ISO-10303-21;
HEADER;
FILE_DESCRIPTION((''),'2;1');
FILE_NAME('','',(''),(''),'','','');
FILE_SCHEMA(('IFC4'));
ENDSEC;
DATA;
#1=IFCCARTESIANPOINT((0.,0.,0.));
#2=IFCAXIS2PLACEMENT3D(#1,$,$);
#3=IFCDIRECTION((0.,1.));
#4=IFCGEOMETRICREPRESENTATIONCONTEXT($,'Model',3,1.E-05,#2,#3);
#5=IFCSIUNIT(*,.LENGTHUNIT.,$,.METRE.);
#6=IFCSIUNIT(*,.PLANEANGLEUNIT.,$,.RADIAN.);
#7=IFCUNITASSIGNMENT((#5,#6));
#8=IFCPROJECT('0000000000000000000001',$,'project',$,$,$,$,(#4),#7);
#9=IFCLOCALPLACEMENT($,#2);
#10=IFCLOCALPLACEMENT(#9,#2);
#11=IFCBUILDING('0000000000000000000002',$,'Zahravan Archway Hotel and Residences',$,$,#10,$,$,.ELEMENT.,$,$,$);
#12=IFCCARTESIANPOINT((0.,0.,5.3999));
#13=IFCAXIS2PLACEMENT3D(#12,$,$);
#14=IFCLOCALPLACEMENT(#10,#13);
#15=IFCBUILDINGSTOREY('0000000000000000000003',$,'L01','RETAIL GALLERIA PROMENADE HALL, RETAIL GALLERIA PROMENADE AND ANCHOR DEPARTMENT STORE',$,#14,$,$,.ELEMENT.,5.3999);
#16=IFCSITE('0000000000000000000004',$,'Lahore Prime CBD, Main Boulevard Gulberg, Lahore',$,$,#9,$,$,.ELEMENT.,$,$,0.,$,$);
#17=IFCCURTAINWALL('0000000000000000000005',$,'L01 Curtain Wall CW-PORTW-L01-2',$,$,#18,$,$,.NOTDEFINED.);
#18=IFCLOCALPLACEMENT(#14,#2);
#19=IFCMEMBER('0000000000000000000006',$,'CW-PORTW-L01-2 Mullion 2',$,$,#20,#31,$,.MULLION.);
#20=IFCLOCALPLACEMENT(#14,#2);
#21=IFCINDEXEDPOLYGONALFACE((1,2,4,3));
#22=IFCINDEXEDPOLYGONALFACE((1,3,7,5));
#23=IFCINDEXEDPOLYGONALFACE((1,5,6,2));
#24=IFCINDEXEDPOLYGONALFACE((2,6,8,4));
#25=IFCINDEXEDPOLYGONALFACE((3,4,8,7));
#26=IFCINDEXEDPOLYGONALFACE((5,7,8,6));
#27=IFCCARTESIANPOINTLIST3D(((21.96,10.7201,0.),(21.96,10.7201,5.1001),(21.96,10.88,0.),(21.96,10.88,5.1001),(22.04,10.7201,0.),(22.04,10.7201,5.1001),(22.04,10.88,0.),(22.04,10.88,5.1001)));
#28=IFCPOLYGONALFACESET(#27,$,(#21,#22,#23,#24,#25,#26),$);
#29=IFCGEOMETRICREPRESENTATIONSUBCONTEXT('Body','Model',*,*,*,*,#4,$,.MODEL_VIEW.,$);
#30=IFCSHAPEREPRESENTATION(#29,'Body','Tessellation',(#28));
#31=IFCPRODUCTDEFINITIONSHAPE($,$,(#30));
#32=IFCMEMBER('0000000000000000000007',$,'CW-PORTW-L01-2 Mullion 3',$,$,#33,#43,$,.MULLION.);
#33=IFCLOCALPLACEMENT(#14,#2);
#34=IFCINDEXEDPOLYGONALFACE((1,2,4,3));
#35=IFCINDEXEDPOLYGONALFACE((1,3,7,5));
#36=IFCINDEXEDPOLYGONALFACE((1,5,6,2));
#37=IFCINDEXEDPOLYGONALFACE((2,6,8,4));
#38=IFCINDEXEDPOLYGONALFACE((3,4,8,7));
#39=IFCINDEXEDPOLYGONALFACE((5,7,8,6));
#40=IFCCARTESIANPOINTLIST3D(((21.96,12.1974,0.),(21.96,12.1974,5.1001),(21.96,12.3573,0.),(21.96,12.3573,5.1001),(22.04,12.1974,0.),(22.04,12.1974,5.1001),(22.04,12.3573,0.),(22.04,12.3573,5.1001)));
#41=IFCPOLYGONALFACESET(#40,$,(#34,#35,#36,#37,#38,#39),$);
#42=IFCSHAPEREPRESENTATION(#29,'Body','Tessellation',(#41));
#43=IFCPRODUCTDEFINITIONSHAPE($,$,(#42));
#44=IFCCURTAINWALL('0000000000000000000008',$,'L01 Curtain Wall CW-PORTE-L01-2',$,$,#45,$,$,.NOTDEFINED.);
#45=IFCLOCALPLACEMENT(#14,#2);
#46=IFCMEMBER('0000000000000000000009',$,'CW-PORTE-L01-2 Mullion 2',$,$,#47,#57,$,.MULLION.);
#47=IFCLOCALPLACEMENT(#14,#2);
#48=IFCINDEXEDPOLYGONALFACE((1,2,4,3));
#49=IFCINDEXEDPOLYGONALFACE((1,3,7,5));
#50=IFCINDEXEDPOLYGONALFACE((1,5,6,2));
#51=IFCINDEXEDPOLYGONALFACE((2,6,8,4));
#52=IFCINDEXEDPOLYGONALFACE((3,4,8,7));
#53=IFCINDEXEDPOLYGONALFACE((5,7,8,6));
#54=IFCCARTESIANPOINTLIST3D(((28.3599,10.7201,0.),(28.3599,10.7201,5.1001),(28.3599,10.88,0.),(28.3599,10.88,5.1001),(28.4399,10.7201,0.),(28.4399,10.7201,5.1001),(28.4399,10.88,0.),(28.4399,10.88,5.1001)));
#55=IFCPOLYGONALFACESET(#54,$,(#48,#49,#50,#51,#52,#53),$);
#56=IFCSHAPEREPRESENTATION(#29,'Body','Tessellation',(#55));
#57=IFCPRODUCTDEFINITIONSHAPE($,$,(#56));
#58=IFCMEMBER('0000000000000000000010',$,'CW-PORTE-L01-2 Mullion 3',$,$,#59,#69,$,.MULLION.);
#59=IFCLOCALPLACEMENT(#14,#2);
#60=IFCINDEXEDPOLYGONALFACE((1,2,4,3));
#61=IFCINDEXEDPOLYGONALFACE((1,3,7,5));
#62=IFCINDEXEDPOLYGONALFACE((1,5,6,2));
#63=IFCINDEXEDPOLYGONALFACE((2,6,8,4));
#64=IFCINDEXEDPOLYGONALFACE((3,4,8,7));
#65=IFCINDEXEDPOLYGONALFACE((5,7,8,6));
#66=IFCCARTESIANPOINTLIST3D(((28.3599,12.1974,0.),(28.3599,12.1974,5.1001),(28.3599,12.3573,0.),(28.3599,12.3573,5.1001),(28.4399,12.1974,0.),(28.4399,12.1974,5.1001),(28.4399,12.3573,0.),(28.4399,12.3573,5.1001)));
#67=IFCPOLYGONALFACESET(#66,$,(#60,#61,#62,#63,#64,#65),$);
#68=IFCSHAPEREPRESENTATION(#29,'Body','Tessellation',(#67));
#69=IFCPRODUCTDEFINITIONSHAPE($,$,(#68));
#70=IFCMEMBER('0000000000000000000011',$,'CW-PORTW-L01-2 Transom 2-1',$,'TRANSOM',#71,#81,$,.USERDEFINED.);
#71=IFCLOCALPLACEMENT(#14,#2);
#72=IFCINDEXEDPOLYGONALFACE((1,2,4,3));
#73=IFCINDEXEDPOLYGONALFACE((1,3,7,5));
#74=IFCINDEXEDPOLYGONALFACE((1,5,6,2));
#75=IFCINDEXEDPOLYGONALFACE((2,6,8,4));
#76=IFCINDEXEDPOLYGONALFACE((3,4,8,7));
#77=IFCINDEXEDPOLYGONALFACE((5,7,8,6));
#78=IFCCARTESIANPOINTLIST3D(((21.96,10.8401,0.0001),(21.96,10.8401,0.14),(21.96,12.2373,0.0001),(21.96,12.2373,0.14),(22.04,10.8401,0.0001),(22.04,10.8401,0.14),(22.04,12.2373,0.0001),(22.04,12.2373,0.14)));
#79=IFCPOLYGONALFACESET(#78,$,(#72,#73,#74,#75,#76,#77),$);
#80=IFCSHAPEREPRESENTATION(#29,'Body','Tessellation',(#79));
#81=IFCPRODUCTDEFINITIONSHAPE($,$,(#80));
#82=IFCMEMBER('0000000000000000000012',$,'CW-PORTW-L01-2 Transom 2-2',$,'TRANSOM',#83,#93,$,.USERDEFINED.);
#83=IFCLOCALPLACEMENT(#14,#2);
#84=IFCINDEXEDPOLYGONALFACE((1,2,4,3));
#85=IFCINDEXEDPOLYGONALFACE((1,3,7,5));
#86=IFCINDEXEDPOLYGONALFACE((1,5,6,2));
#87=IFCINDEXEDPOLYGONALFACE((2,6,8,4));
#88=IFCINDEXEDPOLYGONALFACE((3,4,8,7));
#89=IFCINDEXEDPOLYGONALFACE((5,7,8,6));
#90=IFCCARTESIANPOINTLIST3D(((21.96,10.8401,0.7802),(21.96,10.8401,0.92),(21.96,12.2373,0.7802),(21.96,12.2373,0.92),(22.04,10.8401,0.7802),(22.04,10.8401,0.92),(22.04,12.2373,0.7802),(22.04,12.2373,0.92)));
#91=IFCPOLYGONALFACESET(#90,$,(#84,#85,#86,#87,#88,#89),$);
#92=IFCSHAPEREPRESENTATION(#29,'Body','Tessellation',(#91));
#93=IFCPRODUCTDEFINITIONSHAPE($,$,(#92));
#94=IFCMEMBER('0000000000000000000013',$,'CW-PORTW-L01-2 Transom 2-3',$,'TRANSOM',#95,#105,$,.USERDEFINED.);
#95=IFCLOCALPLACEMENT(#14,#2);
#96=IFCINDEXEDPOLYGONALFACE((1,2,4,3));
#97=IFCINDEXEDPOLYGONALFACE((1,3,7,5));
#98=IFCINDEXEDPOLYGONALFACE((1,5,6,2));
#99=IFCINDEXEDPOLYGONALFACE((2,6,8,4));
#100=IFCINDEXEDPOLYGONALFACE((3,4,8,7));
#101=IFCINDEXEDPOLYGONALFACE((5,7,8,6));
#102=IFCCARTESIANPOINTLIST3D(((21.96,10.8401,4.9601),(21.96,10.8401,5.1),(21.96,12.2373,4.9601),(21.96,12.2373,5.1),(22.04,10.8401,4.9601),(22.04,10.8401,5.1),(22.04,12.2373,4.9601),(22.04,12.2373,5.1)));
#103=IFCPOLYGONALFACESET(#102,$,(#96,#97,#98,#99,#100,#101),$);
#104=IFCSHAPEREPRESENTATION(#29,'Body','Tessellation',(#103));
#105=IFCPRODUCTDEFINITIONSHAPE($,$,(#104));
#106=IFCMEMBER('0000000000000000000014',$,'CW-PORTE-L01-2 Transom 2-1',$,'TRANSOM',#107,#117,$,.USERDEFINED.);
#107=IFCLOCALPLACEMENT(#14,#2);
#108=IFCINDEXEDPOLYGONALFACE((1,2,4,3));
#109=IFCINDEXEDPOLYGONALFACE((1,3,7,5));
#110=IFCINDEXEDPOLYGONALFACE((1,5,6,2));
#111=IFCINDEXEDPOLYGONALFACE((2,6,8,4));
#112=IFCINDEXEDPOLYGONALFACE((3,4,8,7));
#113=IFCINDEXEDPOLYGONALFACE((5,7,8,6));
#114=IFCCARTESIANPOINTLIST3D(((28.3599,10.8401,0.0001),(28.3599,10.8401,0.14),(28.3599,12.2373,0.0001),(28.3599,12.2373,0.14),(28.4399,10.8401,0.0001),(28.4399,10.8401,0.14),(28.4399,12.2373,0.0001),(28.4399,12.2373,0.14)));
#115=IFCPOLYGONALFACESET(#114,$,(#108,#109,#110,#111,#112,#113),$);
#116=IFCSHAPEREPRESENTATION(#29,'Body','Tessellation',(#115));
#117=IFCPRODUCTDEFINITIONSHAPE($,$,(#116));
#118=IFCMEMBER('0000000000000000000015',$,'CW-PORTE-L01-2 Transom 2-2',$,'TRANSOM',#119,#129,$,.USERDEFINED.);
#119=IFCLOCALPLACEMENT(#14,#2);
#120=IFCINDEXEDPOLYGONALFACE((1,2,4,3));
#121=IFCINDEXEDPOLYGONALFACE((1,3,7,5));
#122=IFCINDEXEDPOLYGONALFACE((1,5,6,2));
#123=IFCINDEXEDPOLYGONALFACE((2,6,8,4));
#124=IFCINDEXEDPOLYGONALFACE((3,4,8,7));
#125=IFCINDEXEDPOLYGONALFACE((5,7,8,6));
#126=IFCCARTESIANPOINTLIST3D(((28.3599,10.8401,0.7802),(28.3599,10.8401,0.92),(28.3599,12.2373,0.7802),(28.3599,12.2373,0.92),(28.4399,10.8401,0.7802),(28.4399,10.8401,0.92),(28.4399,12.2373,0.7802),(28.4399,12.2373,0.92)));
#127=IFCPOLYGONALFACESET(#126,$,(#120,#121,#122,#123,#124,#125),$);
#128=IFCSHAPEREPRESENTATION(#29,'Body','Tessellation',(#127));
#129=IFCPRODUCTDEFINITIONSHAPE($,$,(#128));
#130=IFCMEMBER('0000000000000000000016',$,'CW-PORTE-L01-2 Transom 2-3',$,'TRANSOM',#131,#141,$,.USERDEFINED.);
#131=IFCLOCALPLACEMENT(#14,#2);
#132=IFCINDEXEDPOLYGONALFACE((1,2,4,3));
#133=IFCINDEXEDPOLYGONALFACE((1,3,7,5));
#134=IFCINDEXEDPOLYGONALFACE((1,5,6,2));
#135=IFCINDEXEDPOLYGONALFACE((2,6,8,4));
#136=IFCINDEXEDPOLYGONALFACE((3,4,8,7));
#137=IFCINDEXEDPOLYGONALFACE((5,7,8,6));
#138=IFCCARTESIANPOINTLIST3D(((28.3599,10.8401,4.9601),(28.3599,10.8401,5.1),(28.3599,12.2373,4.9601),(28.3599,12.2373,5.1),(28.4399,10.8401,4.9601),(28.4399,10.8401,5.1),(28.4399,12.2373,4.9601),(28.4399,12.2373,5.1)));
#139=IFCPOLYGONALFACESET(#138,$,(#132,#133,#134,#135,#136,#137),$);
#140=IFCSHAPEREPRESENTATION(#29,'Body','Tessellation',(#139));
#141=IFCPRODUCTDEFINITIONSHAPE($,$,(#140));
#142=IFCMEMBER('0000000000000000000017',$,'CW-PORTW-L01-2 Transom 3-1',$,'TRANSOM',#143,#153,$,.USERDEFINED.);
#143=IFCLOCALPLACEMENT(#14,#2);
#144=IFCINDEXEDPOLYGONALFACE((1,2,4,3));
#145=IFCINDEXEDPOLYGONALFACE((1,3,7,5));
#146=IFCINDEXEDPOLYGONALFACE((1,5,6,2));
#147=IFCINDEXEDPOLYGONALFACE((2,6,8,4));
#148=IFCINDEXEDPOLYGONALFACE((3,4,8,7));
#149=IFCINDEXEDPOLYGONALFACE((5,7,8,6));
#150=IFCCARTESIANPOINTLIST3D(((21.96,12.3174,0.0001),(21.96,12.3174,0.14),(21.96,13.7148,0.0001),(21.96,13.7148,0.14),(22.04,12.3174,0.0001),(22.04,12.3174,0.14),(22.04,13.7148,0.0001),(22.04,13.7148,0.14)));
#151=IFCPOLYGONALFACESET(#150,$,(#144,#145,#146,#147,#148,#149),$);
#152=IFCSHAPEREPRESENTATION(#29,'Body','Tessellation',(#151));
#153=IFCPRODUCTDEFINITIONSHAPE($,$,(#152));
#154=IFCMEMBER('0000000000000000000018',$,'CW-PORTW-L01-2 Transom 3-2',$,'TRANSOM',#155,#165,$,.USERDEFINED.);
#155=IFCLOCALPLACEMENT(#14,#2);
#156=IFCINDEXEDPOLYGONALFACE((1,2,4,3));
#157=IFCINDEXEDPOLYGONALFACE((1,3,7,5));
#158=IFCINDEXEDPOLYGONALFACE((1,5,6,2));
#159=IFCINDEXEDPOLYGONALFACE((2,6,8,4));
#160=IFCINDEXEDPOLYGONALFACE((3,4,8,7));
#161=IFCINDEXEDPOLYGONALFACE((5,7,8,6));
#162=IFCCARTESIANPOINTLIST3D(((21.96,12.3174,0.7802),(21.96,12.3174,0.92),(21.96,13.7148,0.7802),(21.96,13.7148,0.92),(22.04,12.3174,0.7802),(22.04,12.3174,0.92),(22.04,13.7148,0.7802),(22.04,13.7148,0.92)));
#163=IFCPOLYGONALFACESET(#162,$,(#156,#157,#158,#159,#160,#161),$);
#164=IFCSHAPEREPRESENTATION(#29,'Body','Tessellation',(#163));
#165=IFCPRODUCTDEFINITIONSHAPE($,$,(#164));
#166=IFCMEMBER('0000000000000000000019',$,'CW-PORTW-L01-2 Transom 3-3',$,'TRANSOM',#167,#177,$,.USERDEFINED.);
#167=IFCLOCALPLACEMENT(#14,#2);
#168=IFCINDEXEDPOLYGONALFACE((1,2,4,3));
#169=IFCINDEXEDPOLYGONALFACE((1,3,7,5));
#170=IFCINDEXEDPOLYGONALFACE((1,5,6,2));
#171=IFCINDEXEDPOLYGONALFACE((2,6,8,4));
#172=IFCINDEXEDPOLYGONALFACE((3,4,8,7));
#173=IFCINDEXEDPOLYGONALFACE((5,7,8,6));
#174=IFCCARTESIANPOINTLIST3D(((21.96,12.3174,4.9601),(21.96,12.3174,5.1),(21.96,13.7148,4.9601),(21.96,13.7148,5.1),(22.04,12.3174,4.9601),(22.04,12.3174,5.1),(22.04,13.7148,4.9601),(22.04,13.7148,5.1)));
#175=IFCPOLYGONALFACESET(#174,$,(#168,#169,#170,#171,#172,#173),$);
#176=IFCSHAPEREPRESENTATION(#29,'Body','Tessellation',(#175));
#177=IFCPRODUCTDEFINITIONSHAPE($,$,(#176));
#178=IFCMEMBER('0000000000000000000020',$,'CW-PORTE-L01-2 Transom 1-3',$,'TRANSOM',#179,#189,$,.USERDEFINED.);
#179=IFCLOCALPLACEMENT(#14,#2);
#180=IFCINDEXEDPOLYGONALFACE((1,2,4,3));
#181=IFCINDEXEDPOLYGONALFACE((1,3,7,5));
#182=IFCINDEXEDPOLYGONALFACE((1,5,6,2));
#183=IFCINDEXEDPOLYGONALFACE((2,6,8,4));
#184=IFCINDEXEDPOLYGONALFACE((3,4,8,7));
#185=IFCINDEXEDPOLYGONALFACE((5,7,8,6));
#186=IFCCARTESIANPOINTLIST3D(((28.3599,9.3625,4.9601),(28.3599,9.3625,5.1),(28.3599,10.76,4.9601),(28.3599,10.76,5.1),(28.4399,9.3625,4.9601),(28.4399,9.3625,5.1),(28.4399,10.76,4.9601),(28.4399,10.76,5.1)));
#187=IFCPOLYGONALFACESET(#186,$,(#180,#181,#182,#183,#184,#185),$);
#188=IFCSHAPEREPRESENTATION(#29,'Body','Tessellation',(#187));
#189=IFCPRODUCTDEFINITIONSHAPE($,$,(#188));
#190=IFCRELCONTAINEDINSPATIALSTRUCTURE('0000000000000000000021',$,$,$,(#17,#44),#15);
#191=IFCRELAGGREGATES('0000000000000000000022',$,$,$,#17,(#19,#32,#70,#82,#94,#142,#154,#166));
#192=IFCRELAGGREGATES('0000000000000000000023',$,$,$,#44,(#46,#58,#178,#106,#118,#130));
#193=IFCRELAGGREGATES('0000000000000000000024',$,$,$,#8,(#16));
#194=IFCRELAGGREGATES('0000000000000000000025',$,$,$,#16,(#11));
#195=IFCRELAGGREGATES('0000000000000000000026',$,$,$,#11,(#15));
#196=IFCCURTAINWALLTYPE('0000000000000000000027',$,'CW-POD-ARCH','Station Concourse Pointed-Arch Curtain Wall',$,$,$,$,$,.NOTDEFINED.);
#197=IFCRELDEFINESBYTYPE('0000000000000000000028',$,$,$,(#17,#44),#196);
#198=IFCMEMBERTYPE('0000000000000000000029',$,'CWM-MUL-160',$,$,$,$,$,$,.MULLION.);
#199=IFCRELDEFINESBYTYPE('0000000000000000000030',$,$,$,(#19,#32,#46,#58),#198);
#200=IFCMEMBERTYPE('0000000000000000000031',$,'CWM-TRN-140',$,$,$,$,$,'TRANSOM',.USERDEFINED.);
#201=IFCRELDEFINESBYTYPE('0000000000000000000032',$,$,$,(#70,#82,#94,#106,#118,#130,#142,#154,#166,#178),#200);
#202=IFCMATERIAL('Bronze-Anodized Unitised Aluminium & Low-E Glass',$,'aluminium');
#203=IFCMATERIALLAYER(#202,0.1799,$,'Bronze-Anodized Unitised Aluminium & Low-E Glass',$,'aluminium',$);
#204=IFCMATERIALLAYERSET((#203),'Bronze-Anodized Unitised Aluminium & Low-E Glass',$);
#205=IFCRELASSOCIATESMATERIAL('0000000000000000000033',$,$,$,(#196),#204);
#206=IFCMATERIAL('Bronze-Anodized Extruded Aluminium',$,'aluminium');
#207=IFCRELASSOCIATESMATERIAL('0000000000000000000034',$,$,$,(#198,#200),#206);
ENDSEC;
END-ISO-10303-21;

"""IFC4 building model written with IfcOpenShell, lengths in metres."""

from ifc_helpers import new_model, si_unit, direction, frame, origin, origin_2d, place, context, subcontext, project, spatial, rectangle, extrude, source, transform, mapped, material, layer, layer_set, material_profile, profile_set, type_object, element, aggregate, save


model = new_model("IFC4")

# Units and contexts
model_context = context("Model", 3, precision=1e-05, world=origin(), true_north=direction((0.0, 1.0)))
body_context = subcontext(model_context, "Body", "Model", "MODEL_VIEW")
ifc_project = project(units=[si_unit("LENGTHUNIT", "METRE"), si_unit("PLANEANGLEUNIT", "RADIAN")], contexts=[model_context])

# Site, building, storey
site_placement = place(None, origin())
site = spatial("IfcSite", under=ifc_project, at=site_placement, Name="Lahore Prime CBD, Main Boulevard Gulberg, Lahore", CompositionType="ELEMENT", RefElevation=0.0)
building_placement = place(site_placement, origin())
building = spatial("IfcBuilding", under=site, at=building_placement, Name="Zahravan Archway Hotel and Residences", CompositionType="ELEMENT")
storey_placement = place(building_placement, frame((0.0, 0.0, 5.3999)))
storey = spatial("IfcBuildingStorey", under=building, at=storey_placement, Name="L01", Description="RETAIL GALLERIA PROMENADE HALL, RETAIL GALLERIA PROMENADE AND ANCHOR DEPARTMENT STORE", CompositionType="ELEMENT", Elevation=5.3999)

# Curtain walls, members
ifc_material_1 = material(Name="Bronze-Anodized Unitised Aluminium & Low-E Glass", Category="aluminium")
ifc_layer_1 = layer(ifc_material_1, 0.1799, Name="Bronze-Anodized Unitised Aluminium & Low-E Glass", Category="aluminium")
ifc_layer_set_1 = layer_set([ifc_layer_1], Name="Bronze-Anodized Unitised Aluminium & Low-E Glass")
curtain_wall_type = type_object("IfcCurtainWallType", Name="CW-POD-ARCH", Description="Station Concourse Pointed-Arch Curtain Wall", PredefinedType="NOTDEFINED", material=ifc_layer_set_1)
curtain_wall_1_placement = place(storey_placement, origin())
curtain_wall_1 = element("IfcCurtainWall", 1, at=curtain_wall_1_placement, inside=storey, type_object=curtain_wall_type, Name="L01 Curtain Wall CW-PORTW-L01-2", PredefinedType="NOTDEFINED")
ifc_material_2 = material(Name="Bronze-Anodized Extruded Aluminium", Category="aluminium")
ifc_material_profile_1 = material_profile(ifc_material_2, rectangle(XDim=0.0801, YDim=0.1599, at=origin_2d()), Name="MUL 80x160", Category="aluminium")
ifc_profile_set_1 = profile_set([ifc_material_profile_1], Name="Bronze-Anodized Extruded Aluminium")
member_type_1 = type_object("IfcMemberType", Name="CWM-MUL-160", PredefinedType="MULLION", material=ifc_profile_set_1)
shared_shape_1 = source(origin(), body_context, "Body", "SweptSolid", [
    extrude(rectangle(XDim=0.0801, YDim=0.1599, at=origin_2d()), origin(), (0.0, 0.0, 1.0), 5.1001),
])
member_1_placement = place(storey_placement, frame((22.0, 10.8, 0.0), z_axis=(0.0, 0.0, 1.0), x_axis=(1.0, 0.0, 0.0)))
member_1 = element("IfcMember", 2, at=member_1_placement, type_object=member_type_1, Name="CW-PORTW-L01-2 Mullion 2", PredefinedType="MULLION", context=body_context, shape_type="MappedRepresentation", body=[
    mapped(shared_shape_1, transform((0.0, 0.0, 0.0), scale=1.0)),
])
member_2_placement = place(storey_placement, frame((22.0, 12.2773, 0.0), z_axis=(0.0, 0.0, 1.0), x_axis=(1.0, 0.0, 0.0)))
member_2 = element("IfcMember", 3, at=member_2_placement, type_object=member_type_1, Name="CW-PORTW-L01-2 Mullion 3", PredefinedType="MULLION", context=body_context, shape_type="MappedRepresentation", body=[
    mapped(shared_shape_1, transform((0.0, 0.0, 0.0), scale=1.0)),
])
curtain_wall_2_placement = place(storey_placement, origin())
curtain_wall_2 = element("IfcCurtainWall", 4, at=curtain_wall_2_placement, inside=storey, type_object=curtain_wall_type, Name="L01 Curtain Wall CW-PORTE-L01-2", PredefinedType="NOTDEFINED")
member_3_placement = place(storey_placement, frame((28.3999, 10.8, 0.0), z_axis=(0.0, 0.0, 1.0), x_axis=(1.0, 0.0, 0.0)))
member_3 = element("IfcMember", 5, at=member_3_placement, type_object=member_type_1, Name="CW-PORTE-L01-2 Mullion 2", PredefinedType="MULLION", context=body_context, shape_type="MappedRepresentation", body=[
    mapped(shared_shape_1, transform((0.0, 0.0, 0.0), scale=1.0)),
])
member_4_placement = place(storey_placement, frame((28.3999, 12.2773, 0.0), z_axis=(0.0, 0.0, 1.0), x_axis=(1.0, 0.0, 0.0)))
member_4 = element("IfcMember", 6, at=member_4_placement, type_object=member_type_1, Name="CW-PORTE-L01-2 Mullion 3", PredefinedType="MULLION", context=body_context, shape_type="MappedRepresentation", body=[
    mapped(shared_shape_1, transform((0.0, 0.0, 0.0), scale=1.0)),
])

# Members
ifc_material_profile_2 = material_profile(ifc_material_2, rectangle(XDim=0.0801, YDim=0.1399, at=origin_2d()), Name="TRN 80x140", Category="aluminium")
ifc_profile_set_2 = profile_set([ifc_material_profile_2], Name="Bronze-Anodized Extruded Aluminium")
member_type_2 = type_object("IfcMemberType", Name="CWM-TRN-140", ElementType="TRANSOM", PredefinedType="USERDEFINED", material=ifc_profile_set_2)
shared_shape_2 = source(origin(), body_context, "Body", "SweptSolid", [
    extrude(rectangle(XDim=0.0801, YDim=0.1399, at=origin_2d()), origin(), (0.0, 0.0, 1.0), 1.3972),
])
member_5_placement = place(storey_placement, frame((22.0, 10.8401, 0.0701), z_axis=(0.0, 1.0, 0.0), x_axis=(-1.0, 0.0, 0.0)))
member_5 = element("IfcMember", 7, at=member_5_placement, type_object=member_type_2, Name="CW-PORTW-L01-2 Transom 2-1", ObjectType="TRANSOM", PredefinedType="USERDEFINED", context=body_context, shape_type="MappedRepresentation", body=[
    mapped(shared_shape_2, transform((0.0, 0.0, 0.0), scale=1.0)),
])
member_6_placement = place(storey_placement, frame((22.0, 10.8401, 0.8501), z_axis=(0.0, 1.0, 0.0), x_axis=(-1.0, 0.0, 0.0)))
member_6 = element("IfcMember", 8, at=member_6_placement, type_object=member_type_2, Name="CW-PORTW-L01-2 Transom 2-2", ObjectType="TRANSOM", PredefinedType="USERDEFINED", context=body_context, shape_type="MappedRepresentation", body=[
    mapped(shared_shape_2, transform((0.0, 0.0, 0.0), scale=1.0)),
])
member_7_placement = place(storey_placement, frame((22.0, 10.8401, 5.03), z_axis=(0.0, 1.0, 0.0), x_axis=(-1.0, 0.0, 0.0)))
member_7 = element("IfcMember", 9, at=member_7_placement, type_object=member_type_2, Name="CW-PORTW-L01-2 Transom 2-3", ObjectType="TRANSOM", PredefinedType="USERDEFINED", context=body_context, shape_type="MappedRepresentation", body=[
    mapped(shared_shape_2, transform((0.0, 0.0, 0.0), scale=1.0)),
])
member_8_placement = place(storey_placement, frame((28.3999, 10.8401, 0.0701), z_axis=(0.0, 1.0, 0.0), x_axis=(-1.0, 0.0, 0.0)))
member_8 = element("IfcMember", 10, at=member_8_placement, type_object=member_type_2, Name="CW-PORTE-L01-2 Transom 2-1", ObjectType="TRANSOM", PredefinedType="USERDEFINED", context=body_context, shape_type="MappedRepresentation", body=[
    mapped(shared_shape_2, transform((0.0, 0.0, 0.0), scale=1.0)),
])
member_9_placement = place(storey_placement, frame((28.3999, 10.8401, 0.8501), z_axis=(0.0, 1.0, 0.0), x_axis=(-1.0, 0.0, 0.0)))
member_9 = element("IfcMember", 11, at=member_9_placement, type_object=member_type_2, Name="CW-PORTE-L01-2 Transom 2-2", ObjectType="TRANSOM", PredefinedType="USERDEFINED", context=body_context, shape_type="MappedRepresentation", body=[
    mapped(shared_shape_2, transform((0.0, 0.0, 0.0), scale=1.0)),
])
member_10_placement = place(storey_placement, frame((28.3999, 10.8401, 5.03), z_axis=(0.0, 1.0, 0.0), x_axis=(-1.0, 0.0, 0.0)))
member_10 = element("IfcMember", 12, at=member_10_placement, type_object=member_type_2, Name="CW-PORTE-L01-2 Transom 2-3", ObjectType="TRANSOM", PredefinedType="USERDEFINED", context=body_context, shape_type="MappedRepresentation", body=[
    mapped(shared_shape_2, transform((0.0, 0.0, 0.0), scale=1.0)),
])
shared_shape_3 = source(origin(), body_context, "Body", "SweptSolid", [
    extrude(rectangle(XDim=0.0801, YDim=0.1399, at=origin_2d()), origin(), (0.0, 0.0, 1.0), 1.3975),
])
member_11_placement = place(storey_placement, frame((22.0, 12.3174, 0.0701), z_axis=(0.0, 1.0, 0.0), x_axis=(-1.0, 0.0, 0.0)))
member_11 = element("IfcMember", 13, at=member_11_placement, type_object=member_type_2, Name="CW-PORTW-L01-2 Transom 3-1", ObjectType="TRANSOM", PredefinedType="USERDEFINED", context=body_context, shape_type="MappedRepresentation", body=[
    mapped(shared_shape_3, transform((0.0, 0.0, 0.0), scale=1.0)),
])
member_12_placement = place(storey_placement, frame((22.0, 12.3174, 0.8501), z_axis=(0.0, 1.0, 0.0), x_axis=(-1.0, 0.0, 0.0)))
member_12 = element("IfcMember", 14, at=member_12_placement, type_object=member_type_2, Name="CW-PORTW-L01-2 Transom 3-2", ObjectType="TRANSOM", PredefinedType="USERDEFINED", context=body_context, shape_type="MappedRepresentation", body=[
    mapped(shared_shape_3, transform((0.0, 0.0, 0.0), scale=1.0)),
])
member_13_placement = place(storey_placement, frame((22.0, 12.3174, 5.03), z_axis=(0.0, 1.0, 0.0), x_axis=(-1.0, 0.0, 0.0)))
member_13 = element("IfcMember", 15, at=member_13_placement, type_object=member_type_2, Name="CW-PORTW-L01-2 Transom 3-3", ObjectType="TRANSOM", PredefinedType="USERDEFINED", context=body_context, shape_type="MappedRepresentation", body=[
    mapped(shared_shape_3, transform((0.0, 0.0, 0.0), scale=1.0)),
])
member_14_placement = place(storey_placement, frame((28.3999, 9.3625, 5.03), z_axis=(0.0, 1.0, 0.0), x_axis=(-1.0, 0.0, 0.0)))
member_14 = element("IfcMember", 16, at=member_14_placement, type_object=member_type_2, Name="CW-PORTE-L01-2 Transom 1-3", ObjectType="TRANSOM", PredefinedType="USERDEFINED", context=body_context, shape_type="MappedRepresentation", body=[
    mapped(shared_shape_3, transform((0.0, 0.0, 0.0), scale=1.0)),
])

aggregate(curtain_wall_1, [member_1, member_2, member_5, member_6, member_7, member_11, member_12, member_13])
aggregate(curtain_wall_2, [member_3, member_4, member_14, member_8, member_9, member_10])

save(model, "model.ifc")
